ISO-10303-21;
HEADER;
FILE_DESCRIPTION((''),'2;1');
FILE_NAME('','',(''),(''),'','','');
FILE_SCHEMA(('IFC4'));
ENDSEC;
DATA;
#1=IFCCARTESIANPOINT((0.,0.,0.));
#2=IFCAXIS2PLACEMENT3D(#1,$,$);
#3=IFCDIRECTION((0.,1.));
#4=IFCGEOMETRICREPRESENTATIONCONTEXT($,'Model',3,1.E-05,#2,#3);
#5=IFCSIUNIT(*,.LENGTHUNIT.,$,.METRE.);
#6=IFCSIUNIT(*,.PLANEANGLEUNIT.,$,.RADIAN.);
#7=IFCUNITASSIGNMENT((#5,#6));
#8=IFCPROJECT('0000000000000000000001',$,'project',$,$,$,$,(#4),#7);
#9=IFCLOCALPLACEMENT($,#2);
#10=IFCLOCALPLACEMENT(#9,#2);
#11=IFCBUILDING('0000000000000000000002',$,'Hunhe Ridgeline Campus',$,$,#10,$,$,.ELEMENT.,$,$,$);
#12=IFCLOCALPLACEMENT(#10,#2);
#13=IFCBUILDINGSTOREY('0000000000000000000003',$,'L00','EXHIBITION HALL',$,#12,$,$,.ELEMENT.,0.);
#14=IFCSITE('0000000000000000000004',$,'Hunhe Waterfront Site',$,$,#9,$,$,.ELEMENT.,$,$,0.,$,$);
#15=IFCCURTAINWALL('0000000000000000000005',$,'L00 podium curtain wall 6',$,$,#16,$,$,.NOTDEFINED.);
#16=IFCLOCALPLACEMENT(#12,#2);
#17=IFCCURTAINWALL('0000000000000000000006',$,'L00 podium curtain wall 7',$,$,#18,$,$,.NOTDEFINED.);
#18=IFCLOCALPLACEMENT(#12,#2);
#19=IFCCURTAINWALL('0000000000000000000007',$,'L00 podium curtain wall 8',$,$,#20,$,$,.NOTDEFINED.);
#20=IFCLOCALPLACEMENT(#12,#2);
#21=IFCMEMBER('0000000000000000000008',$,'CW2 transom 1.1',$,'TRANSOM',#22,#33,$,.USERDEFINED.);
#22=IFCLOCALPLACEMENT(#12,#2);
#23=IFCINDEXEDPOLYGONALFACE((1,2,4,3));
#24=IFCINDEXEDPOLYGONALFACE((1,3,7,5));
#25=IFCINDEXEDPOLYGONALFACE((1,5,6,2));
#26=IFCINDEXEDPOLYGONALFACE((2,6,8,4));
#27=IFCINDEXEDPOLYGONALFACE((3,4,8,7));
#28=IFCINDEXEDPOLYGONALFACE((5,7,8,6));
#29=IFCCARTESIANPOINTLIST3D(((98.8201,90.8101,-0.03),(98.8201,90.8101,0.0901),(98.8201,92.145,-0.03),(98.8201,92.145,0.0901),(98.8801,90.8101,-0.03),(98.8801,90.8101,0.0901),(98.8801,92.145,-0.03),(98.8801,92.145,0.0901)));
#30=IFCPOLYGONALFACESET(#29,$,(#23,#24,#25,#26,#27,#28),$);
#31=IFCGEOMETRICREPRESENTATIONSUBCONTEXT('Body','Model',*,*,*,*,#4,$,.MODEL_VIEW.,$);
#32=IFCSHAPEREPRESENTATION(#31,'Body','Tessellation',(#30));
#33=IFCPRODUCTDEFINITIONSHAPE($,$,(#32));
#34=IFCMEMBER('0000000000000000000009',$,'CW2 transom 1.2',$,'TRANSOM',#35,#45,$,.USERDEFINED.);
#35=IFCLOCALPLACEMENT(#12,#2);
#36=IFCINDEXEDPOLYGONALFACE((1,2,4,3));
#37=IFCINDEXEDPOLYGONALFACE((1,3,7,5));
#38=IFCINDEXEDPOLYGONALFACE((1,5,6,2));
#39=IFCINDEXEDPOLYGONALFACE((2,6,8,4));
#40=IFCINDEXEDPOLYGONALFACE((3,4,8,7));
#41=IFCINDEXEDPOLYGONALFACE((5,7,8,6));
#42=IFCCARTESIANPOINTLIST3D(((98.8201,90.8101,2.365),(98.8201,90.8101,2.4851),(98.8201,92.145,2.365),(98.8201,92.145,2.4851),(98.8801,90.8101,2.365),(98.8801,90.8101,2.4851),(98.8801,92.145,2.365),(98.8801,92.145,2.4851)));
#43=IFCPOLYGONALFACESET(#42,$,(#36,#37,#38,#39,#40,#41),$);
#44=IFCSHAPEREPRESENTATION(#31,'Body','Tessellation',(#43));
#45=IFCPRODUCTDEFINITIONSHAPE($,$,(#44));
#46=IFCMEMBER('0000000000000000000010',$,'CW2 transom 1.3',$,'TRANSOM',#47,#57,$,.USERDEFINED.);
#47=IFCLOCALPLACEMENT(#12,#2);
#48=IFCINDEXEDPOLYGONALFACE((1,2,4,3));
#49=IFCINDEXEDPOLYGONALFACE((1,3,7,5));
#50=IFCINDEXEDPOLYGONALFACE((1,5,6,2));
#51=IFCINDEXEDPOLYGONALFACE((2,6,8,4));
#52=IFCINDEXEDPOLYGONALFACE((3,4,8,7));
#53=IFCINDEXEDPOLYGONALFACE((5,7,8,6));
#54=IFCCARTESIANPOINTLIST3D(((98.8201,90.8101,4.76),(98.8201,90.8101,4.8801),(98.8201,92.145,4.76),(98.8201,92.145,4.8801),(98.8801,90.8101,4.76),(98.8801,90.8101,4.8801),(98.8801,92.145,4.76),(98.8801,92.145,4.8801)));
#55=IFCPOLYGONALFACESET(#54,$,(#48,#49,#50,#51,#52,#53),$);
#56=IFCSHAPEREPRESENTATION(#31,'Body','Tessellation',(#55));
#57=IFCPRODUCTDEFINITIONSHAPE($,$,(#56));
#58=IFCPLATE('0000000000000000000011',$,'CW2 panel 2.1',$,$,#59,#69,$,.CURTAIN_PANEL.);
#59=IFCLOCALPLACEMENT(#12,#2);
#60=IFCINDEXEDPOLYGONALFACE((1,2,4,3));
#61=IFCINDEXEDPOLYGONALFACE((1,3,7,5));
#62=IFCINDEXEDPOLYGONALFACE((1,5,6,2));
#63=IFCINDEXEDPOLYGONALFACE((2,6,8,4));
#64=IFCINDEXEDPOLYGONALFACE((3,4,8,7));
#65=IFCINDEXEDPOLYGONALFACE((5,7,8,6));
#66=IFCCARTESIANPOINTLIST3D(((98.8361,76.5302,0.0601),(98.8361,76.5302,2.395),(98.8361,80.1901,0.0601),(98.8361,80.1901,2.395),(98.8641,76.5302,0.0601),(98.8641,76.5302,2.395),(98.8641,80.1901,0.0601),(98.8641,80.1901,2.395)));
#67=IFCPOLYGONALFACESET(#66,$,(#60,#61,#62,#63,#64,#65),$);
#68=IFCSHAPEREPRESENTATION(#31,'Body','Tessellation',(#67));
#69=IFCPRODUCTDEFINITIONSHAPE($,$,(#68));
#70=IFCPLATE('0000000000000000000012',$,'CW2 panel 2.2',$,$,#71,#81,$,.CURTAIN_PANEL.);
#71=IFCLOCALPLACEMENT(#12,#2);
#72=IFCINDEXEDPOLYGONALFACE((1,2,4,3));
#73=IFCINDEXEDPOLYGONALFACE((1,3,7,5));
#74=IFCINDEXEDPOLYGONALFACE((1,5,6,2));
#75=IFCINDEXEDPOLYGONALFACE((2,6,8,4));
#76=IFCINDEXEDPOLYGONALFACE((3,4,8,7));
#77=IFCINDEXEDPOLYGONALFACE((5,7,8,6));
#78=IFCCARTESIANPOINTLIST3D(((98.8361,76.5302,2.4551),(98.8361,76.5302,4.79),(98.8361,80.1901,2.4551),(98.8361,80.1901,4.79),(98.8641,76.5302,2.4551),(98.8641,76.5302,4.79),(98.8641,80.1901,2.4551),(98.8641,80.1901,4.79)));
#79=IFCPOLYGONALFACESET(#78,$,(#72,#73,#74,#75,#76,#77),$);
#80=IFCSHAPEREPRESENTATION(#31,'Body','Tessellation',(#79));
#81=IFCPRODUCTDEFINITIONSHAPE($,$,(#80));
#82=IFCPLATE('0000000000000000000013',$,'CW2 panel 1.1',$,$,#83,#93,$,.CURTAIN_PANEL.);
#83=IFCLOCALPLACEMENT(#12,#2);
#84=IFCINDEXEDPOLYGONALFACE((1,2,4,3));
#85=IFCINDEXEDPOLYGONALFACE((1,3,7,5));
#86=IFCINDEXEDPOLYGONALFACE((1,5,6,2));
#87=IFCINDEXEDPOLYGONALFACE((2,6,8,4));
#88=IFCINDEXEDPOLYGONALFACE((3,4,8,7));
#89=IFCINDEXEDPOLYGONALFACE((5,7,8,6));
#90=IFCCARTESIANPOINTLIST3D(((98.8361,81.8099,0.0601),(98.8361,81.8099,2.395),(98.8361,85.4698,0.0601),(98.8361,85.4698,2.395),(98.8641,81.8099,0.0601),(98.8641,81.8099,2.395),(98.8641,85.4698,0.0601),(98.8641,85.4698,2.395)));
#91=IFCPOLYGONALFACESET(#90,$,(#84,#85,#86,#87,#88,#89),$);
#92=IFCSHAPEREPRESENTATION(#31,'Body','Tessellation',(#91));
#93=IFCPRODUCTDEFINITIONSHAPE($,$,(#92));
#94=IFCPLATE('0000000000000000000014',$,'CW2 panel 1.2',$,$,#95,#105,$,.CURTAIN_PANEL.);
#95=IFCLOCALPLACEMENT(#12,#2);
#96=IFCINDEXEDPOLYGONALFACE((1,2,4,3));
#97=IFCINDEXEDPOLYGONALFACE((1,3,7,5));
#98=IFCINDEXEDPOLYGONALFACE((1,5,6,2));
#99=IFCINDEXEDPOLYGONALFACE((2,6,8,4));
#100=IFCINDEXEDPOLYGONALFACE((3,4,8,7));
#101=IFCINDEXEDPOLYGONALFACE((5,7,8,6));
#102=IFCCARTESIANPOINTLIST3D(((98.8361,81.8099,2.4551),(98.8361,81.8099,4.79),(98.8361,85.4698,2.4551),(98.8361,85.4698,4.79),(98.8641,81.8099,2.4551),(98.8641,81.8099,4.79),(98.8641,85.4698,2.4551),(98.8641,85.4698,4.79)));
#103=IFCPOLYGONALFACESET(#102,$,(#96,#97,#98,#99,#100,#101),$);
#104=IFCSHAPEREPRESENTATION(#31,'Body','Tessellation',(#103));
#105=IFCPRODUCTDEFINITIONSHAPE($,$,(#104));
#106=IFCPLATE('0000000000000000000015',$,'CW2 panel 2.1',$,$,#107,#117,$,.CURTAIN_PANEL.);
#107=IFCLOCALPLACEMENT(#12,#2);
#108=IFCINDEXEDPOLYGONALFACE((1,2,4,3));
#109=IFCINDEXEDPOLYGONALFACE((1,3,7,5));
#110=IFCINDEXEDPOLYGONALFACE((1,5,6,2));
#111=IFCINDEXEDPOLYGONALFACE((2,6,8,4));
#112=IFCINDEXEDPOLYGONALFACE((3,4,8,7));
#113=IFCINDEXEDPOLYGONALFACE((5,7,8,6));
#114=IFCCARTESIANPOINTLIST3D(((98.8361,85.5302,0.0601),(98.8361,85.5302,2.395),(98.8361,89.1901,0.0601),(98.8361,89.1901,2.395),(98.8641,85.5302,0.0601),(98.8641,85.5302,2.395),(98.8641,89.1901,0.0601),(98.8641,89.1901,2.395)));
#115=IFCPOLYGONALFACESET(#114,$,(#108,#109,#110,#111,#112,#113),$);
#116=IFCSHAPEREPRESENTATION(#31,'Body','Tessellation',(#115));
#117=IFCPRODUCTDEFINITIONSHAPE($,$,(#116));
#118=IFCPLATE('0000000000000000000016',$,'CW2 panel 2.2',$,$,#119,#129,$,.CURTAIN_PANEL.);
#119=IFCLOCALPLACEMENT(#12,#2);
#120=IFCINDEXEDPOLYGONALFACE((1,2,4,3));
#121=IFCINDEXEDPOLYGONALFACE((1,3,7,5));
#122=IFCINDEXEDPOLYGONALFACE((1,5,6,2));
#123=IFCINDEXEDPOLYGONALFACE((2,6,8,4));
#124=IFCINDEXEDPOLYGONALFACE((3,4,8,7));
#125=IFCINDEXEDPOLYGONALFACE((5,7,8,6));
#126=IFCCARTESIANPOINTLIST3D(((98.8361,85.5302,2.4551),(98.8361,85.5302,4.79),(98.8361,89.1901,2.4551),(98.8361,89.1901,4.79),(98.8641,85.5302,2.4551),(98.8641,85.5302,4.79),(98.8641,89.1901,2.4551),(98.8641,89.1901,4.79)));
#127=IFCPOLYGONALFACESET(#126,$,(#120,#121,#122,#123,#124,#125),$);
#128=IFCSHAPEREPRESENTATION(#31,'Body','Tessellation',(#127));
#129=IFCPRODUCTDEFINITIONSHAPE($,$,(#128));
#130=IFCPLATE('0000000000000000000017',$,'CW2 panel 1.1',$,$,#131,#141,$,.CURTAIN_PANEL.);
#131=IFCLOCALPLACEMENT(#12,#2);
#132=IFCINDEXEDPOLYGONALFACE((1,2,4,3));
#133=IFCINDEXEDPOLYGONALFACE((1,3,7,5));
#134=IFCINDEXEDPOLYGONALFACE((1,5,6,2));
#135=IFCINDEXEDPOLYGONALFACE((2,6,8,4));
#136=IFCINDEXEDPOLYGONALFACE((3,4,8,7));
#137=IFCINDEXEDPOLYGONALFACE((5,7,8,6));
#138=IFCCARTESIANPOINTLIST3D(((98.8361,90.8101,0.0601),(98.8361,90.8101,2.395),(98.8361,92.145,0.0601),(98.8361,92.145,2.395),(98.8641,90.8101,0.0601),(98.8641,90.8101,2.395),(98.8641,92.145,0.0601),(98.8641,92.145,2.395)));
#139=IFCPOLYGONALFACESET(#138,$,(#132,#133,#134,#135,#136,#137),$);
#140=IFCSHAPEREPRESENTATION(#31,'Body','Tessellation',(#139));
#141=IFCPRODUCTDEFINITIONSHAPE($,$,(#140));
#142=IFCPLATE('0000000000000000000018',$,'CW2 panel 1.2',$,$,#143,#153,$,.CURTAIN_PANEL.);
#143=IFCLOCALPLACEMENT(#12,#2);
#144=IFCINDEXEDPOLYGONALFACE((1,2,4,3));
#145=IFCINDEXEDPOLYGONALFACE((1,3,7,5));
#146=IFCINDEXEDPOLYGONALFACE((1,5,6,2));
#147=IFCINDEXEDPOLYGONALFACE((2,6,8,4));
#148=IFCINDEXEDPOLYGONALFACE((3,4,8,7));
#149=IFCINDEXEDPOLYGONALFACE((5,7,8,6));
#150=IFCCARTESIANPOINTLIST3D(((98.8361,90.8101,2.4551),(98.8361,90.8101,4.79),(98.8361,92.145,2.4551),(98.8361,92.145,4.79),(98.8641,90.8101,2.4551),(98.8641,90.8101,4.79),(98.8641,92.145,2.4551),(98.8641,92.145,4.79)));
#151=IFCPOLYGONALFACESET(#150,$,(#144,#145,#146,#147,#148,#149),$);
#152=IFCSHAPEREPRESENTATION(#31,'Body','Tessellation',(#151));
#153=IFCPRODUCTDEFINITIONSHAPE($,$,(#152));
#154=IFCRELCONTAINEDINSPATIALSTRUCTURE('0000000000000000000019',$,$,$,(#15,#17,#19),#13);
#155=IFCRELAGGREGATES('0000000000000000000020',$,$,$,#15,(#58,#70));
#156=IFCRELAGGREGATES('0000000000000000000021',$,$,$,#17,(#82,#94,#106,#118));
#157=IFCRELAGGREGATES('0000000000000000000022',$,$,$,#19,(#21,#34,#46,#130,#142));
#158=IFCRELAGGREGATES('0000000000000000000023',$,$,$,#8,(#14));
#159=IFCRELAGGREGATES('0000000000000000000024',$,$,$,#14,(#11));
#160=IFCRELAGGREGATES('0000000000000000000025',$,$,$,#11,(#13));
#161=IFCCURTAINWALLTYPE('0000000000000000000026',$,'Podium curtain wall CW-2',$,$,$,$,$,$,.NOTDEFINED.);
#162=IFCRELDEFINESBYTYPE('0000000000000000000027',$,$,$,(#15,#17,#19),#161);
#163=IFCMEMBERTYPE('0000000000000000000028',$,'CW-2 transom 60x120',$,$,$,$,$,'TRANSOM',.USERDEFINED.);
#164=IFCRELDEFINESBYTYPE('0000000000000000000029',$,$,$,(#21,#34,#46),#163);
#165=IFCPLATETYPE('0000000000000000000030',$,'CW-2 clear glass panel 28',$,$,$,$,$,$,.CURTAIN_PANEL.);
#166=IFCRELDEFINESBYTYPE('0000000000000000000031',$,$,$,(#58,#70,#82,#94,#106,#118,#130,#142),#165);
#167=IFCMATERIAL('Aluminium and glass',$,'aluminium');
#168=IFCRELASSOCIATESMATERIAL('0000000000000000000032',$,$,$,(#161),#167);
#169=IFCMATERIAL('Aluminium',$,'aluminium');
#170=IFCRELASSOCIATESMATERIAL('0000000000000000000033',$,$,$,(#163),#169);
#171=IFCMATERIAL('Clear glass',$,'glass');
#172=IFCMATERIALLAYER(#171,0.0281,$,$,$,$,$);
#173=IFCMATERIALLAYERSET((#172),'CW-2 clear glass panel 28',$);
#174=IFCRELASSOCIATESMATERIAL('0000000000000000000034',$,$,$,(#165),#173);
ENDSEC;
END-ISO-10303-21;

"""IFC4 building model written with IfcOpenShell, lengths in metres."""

from ifc_helpers import new_model, si_unit, direction, frame, origin, origin_2d, place, context, subcontext, project, spatial, rectangle, extrude, material, layer, layer_set, material_profile, profile_set, type_object, element, aggregate, save


model = new_model("IFC4")

# Units and contexts
model_context = context("Model", 3, precision=1e-05, world=origin(), true_north=direction((0.0, 1.0)))
body_context = subcontext(model_context, "Body", "Model", "MODEL_VIEW")
ifc_project = project(units=[si_unit("LENGTHUNIT", "METRE"), si_unit("PLANEANGLEUNIT", "RADIAN")], contexts=[model_context])

# Site, building, storey
site_placement = place(None, origin())
site = spatial("IfcSite", under=ifc_project, at=site_placement, Name="Hunhe Waterfront Site", CompositionType="ELEMENT", RefElevation=0.0)
building_placement = place(site_placement, origin())
building = spatial("IfcBuilding", under=site, at=building_placement, Name="Hunhe Ridgeline Campus", CompositionType="ELEMENT")
storey_placement = place(building_placement, origin())
storey = spatial("IfcBuildingStorey", under=building, at=storey_placement, Name="L00", Description="EXHIBITION HALL", CompositionType="ELEMENT", Elevation=0.0)

# Curtain wall
ifc_material_1 = material(Name="Aluminium and glass", Category="aluminium")
curtain_wall_type = type_object("IfcCurtainWallType", Name="Podium curtain wall CW-2", PredefinedType="NOTDEFINED", material=ifc_material_1)
curtain_wall_1_placement = place(storey_placement, origin())
curtain_wall_1 = element("IfcCurtainWall", 1, at=curtain_wall_1_placement, inside=storey, type_object=curtain_wall_type, Name="L00 podium curtain wall 6", PredefinedType="NOTDEFINED")
ifc_material_2 = material(Name="Aluminium", Category="aluminium")

# Curtain walls
curtain_wall_2_placement = place(storey_placement, origin())
curtain_wall_2 = element("IfcCurtainWall", 2, at=curtain_wall_2_placement, inside=storey, type_object=curtain_wall_type, Name="L00 podium curtain wall 7", PredefinedType="NOTDEFINED")
curtain_wall_3_placement = place(storey_placement, origin())
curtain_wall_3 = element("IfcCurtainWall", 3, at=curtain_wall_3_placement, inside=storey, type_object=curtain_wall_type, Name="L00 podium curtain wall 8", PredefinedType="NOTDEFINED")

# Members
ifc_material_profile_1 = material_profile(ifc_material_2, rectangle(XDim=0.0601, YDim=0.1201, at=origin_2d()))
ifc_profile_set_1 = profile_set([ifc_material_profile_1], Name="Aluminium")
member_type_1 = type_object("IfcMemberType", Name="CW-2 transom 60x120", ElementType="TRANSOM", PredefinedType="USERDEFINED", material=ifc_profile_set_1)
member_1_placement = place(storey_placement, frame((98.8501, 90.8101, 0.03), z_axis=(0.0, 1.0, 0.0), x_axis=(-1.0, 0.0, 0.0)))
member_1 = element("IfcMember", 4, at=member_1_placement, type_object=member_type_1, Name="CW2 transom 1.1", ObjectType="TRANSOM", PredefinedType="USERDEFINED", context=body_context, shape_type="SweptSolid", body=[
    extrude(rectangle(XDim=0.0601, YDim=0.1201, at=origin_2d()), origin(), (0.0, 0.0, 1.0), 1.335),
])
member_2_placement = place(storey_placement, frame((98.8501, 90.8101, 2.425), z_axis=(0.0, 1.0, 0.0), x_axis=(-1.0, 0.0, 0.0)))
member_2 = element("IfcMember", 5, at=member_2_placement, type_object=member_type_1, Name="CW2 transom 1.2", ObjectType="TRANSOM", PredefinedType="USERDEFINED", context=body_context, shape_type="SweptSolid", body=[
    extrude(rectangle(XDim=0.0601, YDim=0.1201, at=origin_2d()), origin(), (0.0, 0.0, 1.0), 1.335),
])
member_3_placement = place(storey_placement, frame((98.8501, 90.8101, 4.8201), z_axis=(0.0, 1.0, 0.0), x_axis=(-1.0, 0.0, 0.0)))
member_3 = element("IfcMember", 6, at=member_3_placement, type_object=member_type_1, Name="CW2 transom 1.3", ObjectType="TRANSOM", PredefinedType="USERDEFINED", context=body_context, shape_type="SweptSolid", body=[
    extrude(rectangle(XDim=0.0601, YDim=0.1201, at=origin_2d()), origin(), (0.0, 0.0, 1.0), 1.335),
])

# Plates
ifc_material_3 = material(Name="Clear glass", Category="glass")
ifc_layer = layer(ifc_material_3, 0.0281)
ifc_layer_set = layer_set([ifc_layer], Name="CW-2 clear glass panel 28")
plate_type = type_object("IfcPlateType", Name="CW-2 clear glass panel 28", PredefinedType="CURTAIN_PANEL", material=ifc_layer_set)
plate_1_placement = place(storey_placement, frame((98.8501, 78.3601, 0.0601), z_axis=(0.0, 0.0, 1.0), x_axis=(0.0, 1.0, 0.0)))
plate_1 = element("IfcPlate", 7, at=plate_1_placement, type_object=plate_type, Name="CW2 panel 2.1", PredefinedType="CURTAIN_PANEL", context=body_context, shape_type="SweptSolid", body=[
    extrude(rectangle(XDim=3.6599, YDim=0.0281, at=origin_2d()), origin(), (0.0, 0.0, 1.0), 2.335),
])
plate_2_placement = place(storey_placement, frame((98.8501, 78.3601, 2.4551), z_axis=(0.0, 0.0, 1.0), x_axis=(0.0, 1.0, 0.0)))
plate_2 = element("IfcPlate", 8, at=plate_2_placement, type_object=plate_type, Name="CW2 panel 2.2", PredefinedType="CURTAIN_PANEL", context=body_context, shape_type="SweptSolid", body=[
    extrude(rectangle(XDim=3.6599, YDim=0.0281, at=origin_2d()), origin(), (0.0, 0.0, 1.0), 2.335),
])
aggregate(curtain_wall_1, [plate_1, plate_2])
plate_3_placement = place(storey_placement, frame((98.8501, 83.6399, 0.0601), z_axis=(0.0, 0.0, 1.0), x_axis=(0.0, 1.0, 0.0)))
plate_3 = element("IfcPlate", 9, at=plate_3_placement, type_object=plate_type, Name="CW2 panel 1.1", PredefinedType="CURTAIN_PANEL", context=body_context, shape_type="SweptSolid", body=[
    extrude(rectangle(XDim=3.6599, YDim=0.0281, at=origin_2d()), origin(), (0.0, 0.0, 1.0), 2.335),
])
plate_4_placement = place(storey_placement, frame((98.8501, 83.6399, 2.4551), z_axis=(0.0, 0.0, 1.0), x_axis=(0.0, 1.0, 0.0)))
plate_4 = element("IfcPlate", 10, at=plate_4_placement, type_object=plate_type, Name="CW2 panel 1.2", PredefinedType="CURTAIN_PANEL", context=body_context, shape_type="SweptSolid", body=[
    extrude(rectangle(XDim=3.6599, YDim=0.0281, at=origin_2d()), origin(), (0.0, 0.0, 1.0), 2.335),
])
plate_5_placement = place(storey_placement, frame((98.8501, 87.3601, 0.0601), z_axis=(0.0, 0.0, 1.0), x_axis=(0.0, 1.0, 0.0)))
plate_5 = element("IfcPlate", 11, at=plate_5_placement, type_object=plate_type, Name="CW2 panel 2.1", PredefinedType="CURTAIN_PANEL", context=body_context, shape_type="SweptSolid", body=[
    extrude(rectangle(XDim=3.6599, YDim=0.0281, at=origin_2d()), origin(), (0.0, 0.0, 1.0), 2.335),
])
plate_6_placement = place(storey_placement, frame((98.8501, 87.3601, 2.4551), z_axis=(0.0, 0.0, 1.0), x_axis=(0.0, 1.0, 0.0)))
plate_6 = element("IfcPlate", 12, at=plate_6_placement, type_object=plate_type, Name="CW2 panel 2.2", PredefinedType="CURTAIN_PANEL", context=body_context, shape_type="SweptSolid", body=[
    extrude(rectangle(XDim=3.6599, YDim=0.0281, at=origin_2d()), origin(), (0.0, 0.0, 1.0), 2.335),
])
aggregate(curtain_wall_2, [plate_3, plate_4, plate_5, plate_6])
plate_7_placement = place(storey_placement, frame((98.8501, 91.4775, 0.0601), z_axis=(0.0, 0.0, 1.0), x_axis=(0.0, 1.0, 0.0)))
plate_7 = element("IfcPlate", 13, at=plate_7_placement, type_object=plate_type, Name="CW2 panel 1.1", PredefinedType="CURTAIN_PANEL", context=body_context, shape_type="SweptSolid", body=[
    extrude(rectangle(XDim=1.335, YDim=0.0281, at=origin_2d()), origin(), (0.0, 0.0, 1.0), 2.335),
])
plate_8_placement = place(storey_placement, frame((98.8501, 91.4775, 2.4551), z_axis=(0.0, 0.0, 1.0), x_axis=(0.0, 1.0, 0.0)))
plate_8 = element("IfcPlate", 14, at=plate_8_placement, type_object=plate_type, Name="CW2 panel 1.2", PredefinedType="CURTAIN_PANEL", context=body_context, shape_type="SweptSolid", body=[
    extrude(rectangle(XDim=1.335, YDim=0.0281, at=origin_2d()), origin(), (0.0, 0.0, 1.0), 2.335),
])
aggregate(curtain_wall_3, [member_1, member_2, member_3, plate_7, plate_8])

save(model, "model.ifc")
